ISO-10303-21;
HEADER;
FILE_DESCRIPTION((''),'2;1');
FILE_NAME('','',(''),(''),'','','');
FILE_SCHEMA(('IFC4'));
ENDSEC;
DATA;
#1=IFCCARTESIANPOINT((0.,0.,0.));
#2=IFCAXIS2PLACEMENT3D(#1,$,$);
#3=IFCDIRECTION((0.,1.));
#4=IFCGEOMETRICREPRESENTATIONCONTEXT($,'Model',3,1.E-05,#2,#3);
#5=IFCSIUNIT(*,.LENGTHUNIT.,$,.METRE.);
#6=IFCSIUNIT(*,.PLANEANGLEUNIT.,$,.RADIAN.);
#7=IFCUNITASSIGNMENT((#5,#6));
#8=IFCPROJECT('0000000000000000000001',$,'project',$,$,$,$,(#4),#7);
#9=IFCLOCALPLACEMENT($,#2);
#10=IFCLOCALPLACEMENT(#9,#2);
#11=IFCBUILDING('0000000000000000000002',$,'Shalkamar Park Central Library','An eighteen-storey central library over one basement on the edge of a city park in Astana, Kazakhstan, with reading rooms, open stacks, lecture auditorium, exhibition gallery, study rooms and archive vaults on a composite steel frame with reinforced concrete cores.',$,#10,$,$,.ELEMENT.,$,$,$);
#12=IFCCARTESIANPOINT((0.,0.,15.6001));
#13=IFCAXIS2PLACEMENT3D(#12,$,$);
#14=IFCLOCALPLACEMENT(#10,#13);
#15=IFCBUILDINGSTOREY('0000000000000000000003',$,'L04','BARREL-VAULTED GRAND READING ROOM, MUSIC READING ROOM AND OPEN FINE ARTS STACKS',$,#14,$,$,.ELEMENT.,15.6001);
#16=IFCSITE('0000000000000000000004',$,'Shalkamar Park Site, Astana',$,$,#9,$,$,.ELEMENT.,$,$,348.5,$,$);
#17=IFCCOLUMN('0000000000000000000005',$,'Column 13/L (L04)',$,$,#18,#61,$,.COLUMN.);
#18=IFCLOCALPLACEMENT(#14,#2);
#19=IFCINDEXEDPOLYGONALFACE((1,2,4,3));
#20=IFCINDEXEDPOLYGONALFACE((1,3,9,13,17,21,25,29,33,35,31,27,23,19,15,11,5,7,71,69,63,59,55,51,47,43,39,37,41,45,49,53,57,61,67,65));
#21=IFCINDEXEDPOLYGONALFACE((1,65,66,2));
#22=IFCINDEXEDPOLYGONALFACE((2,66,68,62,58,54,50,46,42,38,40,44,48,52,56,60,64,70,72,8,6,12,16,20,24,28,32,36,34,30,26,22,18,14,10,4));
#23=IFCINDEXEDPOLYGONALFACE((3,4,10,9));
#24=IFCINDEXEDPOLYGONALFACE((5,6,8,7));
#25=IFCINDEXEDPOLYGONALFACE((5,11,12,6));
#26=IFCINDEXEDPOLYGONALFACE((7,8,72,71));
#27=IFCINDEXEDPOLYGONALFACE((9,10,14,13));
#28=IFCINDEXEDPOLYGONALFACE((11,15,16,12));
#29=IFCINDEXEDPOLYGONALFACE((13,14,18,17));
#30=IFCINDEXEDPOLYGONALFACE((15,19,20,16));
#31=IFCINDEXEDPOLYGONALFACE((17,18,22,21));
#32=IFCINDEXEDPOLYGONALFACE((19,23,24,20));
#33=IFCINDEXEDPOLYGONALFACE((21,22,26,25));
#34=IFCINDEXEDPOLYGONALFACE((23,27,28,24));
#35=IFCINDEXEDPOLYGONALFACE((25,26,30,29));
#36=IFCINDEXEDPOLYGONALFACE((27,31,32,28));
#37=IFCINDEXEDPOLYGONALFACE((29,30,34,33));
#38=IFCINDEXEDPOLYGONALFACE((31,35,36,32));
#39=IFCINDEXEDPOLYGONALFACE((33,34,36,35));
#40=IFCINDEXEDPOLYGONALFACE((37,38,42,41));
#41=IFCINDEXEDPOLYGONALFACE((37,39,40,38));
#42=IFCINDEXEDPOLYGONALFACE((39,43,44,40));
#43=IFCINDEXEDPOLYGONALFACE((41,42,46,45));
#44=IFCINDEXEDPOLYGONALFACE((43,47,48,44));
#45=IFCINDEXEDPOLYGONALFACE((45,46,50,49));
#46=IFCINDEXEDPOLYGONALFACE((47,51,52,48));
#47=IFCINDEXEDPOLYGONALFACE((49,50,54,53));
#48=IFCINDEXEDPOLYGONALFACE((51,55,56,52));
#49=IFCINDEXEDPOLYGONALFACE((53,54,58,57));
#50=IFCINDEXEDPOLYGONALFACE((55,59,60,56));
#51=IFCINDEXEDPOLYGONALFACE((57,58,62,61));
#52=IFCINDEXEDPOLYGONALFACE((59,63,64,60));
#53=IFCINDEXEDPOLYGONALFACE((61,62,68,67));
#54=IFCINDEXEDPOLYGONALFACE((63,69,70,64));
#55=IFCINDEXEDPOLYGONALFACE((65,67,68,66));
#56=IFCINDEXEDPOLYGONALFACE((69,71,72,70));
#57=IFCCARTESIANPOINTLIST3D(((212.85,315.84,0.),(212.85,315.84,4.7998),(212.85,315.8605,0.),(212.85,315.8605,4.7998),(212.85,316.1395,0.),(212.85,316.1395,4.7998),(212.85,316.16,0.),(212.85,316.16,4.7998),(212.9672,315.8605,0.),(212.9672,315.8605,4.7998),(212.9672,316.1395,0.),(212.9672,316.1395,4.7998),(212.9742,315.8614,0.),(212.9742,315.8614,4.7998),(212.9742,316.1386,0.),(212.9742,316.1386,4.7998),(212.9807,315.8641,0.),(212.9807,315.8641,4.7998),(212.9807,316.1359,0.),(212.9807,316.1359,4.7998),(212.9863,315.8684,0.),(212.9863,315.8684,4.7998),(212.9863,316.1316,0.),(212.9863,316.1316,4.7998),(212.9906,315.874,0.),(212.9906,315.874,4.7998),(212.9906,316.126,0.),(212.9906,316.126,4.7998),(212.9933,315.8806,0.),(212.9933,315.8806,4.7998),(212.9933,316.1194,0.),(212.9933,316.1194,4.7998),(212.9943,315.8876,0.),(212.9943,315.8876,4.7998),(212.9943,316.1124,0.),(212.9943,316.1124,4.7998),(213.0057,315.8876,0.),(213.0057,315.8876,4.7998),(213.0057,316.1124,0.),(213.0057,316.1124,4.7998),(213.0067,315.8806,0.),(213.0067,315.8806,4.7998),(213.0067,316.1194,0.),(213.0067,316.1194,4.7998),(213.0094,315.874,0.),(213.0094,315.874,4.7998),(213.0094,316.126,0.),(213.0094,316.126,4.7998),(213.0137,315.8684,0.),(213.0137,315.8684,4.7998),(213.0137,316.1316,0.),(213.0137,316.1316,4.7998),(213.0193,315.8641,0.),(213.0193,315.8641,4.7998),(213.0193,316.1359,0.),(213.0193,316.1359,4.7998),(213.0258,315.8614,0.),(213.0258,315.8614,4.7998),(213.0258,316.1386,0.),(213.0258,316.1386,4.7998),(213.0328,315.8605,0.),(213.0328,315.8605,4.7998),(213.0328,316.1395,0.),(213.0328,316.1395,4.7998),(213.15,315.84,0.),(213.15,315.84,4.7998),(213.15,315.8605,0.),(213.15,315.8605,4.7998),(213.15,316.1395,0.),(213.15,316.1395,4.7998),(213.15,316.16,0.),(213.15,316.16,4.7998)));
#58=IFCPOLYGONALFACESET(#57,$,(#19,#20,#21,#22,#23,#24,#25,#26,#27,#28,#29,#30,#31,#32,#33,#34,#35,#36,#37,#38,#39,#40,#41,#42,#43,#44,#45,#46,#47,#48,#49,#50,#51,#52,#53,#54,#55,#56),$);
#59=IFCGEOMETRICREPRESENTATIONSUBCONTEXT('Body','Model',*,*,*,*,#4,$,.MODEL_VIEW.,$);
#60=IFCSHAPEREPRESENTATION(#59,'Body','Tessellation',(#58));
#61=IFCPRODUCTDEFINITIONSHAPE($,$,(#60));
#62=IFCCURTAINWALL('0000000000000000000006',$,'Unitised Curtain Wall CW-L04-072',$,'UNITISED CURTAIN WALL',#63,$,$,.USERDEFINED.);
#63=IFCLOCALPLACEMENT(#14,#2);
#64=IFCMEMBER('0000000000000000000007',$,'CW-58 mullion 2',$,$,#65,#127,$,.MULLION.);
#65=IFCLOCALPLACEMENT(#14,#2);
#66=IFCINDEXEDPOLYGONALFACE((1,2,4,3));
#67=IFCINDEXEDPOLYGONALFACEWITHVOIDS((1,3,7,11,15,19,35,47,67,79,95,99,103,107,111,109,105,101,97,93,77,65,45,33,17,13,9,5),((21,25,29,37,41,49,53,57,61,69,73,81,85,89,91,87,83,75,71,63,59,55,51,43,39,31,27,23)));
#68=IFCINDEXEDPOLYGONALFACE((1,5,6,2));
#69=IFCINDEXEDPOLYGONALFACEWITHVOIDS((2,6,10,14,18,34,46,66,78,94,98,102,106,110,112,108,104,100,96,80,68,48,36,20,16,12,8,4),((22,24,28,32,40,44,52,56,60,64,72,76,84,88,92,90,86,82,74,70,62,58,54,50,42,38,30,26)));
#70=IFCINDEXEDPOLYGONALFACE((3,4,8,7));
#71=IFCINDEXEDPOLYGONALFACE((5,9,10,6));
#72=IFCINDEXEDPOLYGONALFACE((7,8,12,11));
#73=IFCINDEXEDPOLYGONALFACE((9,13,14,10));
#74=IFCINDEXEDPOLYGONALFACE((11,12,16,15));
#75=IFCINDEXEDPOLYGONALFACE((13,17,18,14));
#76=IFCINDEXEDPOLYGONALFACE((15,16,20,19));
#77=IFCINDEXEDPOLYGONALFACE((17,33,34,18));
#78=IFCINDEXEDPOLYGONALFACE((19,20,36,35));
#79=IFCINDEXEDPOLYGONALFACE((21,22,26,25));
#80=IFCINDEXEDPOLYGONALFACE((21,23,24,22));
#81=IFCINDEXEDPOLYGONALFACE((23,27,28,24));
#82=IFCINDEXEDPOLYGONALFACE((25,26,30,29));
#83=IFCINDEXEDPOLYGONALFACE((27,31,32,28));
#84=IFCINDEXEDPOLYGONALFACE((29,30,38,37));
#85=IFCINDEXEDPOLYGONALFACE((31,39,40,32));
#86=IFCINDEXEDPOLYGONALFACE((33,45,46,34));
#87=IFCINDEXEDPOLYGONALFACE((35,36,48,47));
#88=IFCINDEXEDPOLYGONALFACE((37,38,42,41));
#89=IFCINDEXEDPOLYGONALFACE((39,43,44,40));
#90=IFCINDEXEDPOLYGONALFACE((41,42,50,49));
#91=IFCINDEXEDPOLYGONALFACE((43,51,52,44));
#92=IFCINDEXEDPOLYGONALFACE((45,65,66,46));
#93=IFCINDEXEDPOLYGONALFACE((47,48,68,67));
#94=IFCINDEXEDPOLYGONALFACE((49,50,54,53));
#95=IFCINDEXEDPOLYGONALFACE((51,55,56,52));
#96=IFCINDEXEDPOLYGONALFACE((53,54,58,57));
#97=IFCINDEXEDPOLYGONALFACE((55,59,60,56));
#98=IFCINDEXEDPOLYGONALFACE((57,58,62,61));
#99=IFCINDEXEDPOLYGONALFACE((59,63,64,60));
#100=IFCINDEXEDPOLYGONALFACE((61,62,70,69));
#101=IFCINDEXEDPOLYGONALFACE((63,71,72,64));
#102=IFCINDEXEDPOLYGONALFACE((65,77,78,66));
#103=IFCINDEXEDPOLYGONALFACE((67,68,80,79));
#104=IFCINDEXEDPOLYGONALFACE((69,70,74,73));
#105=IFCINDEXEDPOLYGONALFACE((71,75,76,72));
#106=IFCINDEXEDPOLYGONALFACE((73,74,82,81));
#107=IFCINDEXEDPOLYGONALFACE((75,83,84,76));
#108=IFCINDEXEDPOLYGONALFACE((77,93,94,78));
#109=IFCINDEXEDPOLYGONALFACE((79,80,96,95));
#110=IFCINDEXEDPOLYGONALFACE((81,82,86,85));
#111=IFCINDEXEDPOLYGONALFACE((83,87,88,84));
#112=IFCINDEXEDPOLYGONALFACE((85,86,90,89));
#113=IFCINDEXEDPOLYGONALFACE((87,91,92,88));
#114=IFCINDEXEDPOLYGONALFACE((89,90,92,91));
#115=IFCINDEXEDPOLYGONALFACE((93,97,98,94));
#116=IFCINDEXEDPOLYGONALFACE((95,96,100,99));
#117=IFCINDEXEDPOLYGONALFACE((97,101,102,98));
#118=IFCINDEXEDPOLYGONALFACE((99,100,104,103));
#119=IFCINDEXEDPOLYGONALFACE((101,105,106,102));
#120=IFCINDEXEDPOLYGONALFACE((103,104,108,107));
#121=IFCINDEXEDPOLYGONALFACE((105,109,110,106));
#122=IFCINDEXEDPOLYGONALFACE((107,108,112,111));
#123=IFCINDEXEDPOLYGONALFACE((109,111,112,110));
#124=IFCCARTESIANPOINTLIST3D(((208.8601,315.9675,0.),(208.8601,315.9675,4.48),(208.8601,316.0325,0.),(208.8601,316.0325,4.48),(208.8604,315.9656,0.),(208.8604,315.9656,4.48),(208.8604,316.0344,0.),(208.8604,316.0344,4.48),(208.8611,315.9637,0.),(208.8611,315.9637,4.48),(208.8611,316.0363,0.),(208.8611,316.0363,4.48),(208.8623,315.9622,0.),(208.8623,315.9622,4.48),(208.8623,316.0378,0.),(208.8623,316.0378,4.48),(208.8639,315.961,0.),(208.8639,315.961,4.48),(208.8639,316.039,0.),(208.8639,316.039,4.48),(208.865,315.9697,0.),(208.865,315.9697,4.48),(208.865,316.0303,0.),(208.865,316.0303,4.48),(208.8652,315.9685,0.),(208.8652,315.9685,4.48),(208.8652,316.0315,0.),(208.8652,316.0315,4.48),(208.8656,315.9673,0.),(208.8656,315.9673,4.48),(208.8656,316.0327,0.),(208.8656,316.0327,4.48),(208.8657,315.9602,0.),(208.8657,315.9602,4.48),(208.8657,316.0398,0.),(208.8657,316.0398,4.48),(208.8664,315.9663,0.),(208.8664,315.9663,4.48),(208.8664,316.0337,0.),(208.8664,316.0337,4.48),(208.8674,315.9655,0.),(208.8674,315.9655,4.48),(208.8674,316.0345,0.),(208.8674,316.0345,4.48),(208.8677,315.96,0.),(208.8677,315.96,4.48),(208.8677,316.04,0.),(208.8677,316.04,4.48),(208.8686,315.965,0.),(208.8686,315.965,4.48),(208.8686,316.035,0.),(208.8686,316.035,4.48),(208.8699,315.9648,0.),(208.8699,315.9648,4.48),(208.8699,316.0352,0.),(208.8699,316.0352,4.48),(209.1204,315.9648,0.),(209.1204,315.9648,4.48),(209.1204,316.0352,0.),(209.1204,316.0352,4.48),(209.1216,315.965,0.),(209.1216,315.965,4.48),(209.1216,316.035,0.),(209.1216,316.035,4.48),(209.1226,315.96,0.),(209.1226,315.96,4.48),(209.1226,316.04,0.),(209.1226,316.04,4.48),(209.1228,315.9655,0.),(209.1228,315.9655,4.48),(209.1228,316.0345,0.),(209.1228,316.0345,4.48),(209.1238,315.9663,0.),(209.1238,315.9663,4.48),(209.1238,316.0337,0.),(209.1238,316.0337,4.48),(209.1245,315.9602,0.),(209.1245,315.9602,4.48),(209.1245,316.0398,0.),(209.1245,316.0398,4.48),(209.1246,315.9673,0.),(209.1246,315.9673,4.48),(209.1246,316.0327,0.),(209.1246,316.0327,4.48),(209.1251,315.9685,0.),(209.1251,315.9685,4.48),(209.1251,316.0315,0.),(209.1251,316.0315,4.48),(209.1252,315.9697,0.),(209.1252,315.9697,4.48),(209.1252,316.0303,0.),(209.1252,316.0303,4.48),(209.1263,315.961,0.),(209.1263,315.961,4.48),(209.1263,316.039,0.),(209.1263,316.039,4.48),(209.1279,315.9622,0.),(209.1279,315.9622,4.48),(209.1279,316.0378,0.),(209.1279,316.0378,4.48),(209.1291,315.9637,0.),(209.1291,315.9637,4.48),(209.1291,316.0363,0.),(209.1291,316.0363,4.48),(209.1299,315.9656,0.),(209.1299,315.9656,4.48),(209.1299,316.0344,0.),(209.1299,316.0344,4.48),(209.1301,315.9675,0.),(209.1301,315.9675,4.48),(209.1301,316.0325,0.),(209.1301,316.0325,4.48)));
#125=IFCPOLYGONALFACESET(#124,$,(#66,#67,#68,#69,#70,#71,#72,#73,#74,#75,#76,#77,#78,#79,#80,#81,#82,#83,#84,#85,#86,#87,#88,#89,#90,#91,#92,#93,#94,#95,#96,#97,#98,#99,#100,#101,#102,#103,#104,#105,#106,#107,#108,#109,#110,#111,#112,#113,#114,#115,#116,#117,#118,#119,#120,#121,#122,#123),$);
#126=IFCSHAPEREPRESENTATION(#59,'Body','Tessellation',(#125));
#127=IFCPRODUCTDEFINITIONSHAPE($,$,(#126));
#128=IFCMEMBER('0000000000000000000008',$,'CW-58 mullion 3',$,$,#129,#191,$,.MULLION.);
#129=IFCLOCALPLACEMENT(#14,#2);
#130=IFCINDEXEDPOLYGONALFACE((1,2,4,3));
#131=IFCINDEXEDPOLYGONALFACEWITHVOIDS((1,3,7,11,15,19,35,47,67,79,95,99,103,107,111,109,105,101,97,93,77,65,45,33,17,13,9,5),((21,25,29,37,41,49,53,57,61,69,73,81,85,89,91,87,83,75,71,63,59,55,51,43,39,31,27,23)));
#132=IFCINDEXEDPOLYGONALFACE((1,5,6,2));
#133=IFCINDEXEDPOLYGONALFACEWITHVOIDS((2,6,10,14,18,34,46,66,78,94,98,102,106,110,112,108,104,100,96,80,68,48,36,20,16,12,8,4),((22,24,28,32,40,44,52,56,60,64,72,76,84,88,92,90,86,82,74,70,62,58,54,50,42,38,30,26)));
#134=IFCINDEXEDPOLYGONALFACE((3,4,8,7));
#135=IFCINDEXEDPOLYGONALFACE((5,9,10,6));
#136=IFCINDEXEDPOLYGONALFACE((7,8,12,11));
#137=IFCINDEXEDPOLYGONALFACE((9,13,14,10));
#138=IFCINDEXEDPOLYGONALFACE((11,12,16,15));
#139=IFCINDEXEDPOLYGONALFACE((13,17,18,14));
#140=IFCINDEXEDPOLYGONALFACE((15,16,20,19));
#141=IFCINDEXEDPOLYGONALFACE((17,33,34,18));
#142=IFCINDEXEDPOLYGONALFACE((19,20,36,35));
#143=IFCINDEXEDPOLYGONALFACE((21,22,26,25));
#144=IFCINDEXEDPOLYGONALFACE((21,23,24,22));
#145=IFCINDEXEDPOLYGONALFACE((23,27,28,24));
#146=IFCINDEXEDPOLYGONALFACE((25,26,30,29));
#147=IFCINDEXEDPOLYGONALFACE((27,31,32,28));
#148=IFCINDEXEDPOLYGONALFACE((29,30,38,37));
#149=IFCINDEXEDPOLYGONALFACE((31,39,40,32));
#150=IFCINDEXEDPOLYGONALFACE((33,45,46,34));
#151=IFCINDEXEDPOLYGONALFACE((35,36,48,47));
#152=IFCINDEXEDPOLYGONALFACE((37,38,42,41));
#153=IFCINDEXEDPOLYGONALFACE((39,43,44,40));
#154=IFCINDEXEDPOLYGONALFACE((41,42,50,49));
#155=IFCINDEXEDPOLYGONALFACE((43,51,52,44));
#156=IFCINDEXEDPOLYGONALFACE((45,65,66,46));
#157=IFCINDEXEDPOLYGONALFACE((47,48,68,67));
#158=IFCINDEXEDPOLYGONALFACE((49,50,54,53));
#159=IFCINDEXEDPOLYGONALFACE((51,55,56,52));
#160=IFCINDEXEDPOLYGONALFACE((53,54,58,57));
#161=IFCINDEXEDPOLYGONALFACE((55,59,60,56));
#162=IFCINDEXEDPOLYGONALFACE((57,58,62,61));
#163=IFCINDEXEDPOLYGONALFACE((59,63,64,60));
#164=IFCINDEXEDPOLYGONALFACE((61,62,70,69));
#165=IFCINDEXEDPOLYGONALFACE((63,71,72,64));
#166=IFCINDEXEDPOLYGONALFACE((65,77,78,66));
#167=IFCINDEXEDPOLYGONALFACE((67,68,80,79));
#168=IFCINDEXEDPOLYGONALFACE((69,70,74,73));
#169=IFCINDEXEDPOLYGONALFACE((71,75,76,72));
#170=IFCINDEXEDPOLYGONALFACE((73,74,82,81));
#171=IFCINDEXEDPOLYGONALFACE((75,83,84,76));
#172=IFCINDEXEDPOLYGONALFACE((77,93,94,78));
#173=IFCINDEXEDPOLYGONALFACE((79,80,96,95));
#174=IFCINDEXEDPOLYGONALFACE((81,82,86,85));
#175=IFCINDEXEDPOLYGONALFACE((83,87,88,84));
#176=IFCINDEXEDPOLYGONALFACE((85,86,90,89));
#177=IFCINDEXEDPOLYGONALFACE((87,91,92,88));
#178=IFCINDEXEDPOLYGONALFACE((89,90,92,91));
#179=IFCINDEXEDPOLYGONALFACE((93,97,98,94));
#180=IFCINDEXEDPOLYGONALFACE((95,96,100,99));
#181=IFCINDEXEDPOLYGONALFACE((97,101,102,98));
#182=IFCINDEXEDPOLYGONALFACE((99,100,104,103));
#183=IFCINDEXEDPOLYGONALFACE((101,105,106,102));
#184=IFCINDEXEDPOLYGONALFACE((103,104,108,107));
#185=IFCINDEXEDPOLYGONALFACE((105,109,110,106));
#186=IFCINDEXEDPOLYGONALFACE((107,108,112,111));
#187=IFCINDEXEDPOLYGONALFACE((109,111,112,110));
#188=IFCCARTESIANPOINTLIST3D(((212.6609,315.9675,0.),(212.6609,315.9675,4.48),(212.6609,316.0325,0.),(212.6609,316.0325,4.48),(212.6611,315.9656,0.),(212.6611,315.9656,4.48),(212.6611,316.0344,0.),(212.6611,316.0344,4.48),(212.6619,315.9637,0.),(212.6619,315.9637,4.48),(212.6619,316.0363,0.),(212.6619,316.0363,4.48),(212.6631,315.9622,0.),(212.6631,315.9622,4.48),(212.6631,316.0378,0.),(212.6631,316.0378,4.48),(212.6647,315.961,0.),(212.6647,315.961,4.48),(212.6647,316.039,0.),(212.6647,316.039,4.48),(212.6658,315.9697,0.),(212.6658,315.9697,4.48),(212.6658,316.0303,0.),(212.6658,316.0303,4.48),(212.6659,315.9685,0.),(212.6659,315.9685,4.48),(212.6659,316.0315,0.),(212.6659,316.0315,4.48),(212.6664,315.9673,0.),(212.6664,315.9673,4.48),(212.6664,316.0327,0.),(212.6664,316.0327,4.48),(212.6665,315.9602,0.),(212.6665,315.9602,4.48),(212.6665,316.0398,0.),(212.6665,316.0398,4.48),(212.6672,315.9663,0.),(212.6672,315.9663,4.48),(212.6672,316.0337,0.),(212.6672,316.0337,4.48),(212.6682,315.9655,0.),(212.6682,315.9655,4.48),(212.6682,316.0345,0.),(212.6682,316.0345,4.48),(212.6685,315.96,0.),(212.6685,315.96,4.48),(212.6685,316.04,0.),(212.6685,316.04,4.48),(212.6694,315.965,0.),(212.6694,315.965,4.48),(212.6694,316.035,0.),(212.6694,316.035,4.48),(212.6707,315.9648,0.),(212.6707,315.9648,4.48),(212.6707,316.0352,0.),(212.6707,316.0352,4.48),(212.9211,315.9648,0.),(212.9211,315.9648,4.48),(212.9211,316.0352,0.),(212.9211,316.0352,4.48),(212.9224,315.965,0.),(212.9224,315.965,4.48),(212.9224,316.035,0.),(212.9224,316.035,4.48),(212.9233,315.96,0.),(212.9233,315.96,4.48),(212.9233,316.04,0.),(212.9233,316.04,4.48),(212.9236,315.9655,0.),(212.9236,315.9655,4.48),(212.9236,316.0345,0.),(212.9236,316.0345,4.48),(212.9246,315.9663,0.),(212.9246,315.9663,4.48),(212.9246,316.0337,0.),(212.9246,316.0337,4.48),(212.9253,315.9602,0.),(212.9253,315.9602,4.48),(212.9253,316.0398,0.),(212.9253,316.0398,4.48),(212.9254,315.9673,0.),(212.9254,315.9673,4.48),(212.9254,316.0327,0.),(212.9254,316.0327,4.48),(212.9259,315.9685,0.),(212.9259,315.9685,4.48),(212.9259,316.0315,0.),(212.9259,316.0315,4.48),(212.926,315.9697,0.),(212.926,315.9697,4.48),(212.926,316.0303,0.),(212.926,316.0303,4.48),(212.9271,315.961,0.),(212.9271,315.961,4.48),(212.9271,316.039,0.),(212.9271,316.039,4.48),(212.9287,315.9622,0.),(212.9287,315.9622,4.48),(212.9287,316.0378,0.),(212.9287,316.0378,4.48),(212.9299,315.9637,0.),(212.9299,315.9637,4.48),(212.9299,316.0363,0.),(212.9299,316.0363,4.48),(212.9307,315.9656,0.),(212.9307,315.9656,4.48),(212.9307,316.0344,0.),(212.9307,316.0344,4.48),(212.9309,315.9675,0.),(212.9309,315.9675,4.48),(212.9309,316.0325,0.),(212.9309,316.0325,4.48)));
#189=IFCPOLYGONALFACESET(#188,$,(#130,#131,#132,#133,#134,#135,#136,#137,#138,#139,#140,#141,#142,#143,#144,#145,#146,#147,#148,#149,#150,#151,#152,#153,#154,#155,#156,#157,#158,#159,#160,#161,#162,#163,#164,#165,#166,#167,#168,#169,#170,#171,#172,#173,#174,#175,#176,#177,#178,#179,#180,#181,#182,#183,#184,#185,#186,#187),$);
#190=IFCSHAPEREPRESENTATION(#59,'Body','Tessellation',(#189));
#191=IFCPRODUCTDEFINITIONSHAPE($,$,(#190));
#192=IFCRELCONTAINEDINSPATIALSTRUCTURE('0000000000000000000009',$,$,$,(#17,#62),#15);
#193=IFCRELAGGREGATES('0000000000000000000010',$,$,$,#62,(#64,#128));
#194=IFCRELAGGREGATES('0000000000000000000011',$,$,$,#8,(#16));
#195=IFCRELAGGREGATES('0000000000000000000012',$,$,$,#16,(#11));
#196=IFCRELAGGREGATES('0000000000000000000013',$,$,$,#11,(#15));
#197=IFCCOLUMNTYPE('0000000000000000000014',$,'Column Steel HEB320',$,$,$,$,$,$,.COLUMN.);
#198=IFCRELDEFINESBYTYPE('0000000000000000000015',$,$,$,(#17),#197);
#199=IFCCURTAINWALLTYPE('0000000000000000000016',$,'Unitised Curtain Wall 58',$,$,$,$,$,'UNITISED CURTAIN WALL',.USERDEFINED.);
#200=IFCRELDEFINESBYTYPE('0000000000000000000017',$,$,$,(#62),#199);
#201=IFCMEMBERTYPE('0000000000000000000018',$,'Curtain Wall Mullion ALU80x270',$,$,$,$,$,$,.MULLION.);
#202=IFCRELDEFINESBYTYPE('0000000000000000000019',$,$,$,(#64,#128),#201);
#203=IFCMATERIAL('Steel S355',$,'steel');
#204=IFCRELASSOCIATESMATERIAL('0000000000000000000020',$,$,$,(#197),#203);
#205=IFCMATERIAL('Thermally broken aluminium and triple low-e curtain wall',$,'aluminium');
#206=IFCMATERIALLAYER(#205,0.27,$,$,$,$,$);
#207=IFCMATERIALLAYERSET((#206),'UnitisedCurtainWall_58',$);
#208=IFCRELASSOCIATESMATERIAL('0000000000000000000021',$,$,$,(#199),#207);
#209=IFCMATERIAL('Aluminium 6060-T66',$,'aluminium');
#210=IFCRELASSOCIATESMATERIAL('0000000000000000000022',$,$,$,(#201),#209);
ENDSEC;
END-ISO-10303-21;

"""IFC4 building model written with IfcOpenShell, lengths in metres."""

from ifc_helpers import new_model, si_unit, direction, frame, origin, origin_2d, place, context, subcontext, project, spatial, hollow_rectangle, i_section, extrude, material, layer, layer_set, material_profile, profile_set, type_object, element, aggregate, save


model = new_model("IFC4")

# Units and contexts
model_context = context("Model", 3, precision=1e-05, world=origin(), true_north=direction((0.0, 1.0)))
body_context = subcontext(model_context, "Body", "Model", "MODEL_VIEW")
ifc_project = project(units=[si_unit("LENGTHUNIT", "METRE"), si_unit("PLANEANGLEUNIT", "RADIAN")], contexts=[model_context])

# Site, building, storey
site_placement = place(None, origin())
site = spatial("IfcSite", under=ifc_project, at=site_placement, Name="Shalkamar Park Site, Astana", CompositionType="ELEMENT", RefElevation=348.5)
building_placement = place(site_placement, origin())
building = spatial("IfcBuilding", under=site, at=building_placement, Name="Shalkamar Park Central Library", Description="An eighteen-storey central library over one basement on the edge of a city park in Astana, Kazakhstan, with reading rooms, open stacks, lecture auditorium, exhibition gallery, study rooms and archive vaults on a composite steel frame with reinforced concrete cores.", CompositionType="ELEMENT")
storey_placement = place(building_placement, frame((0.0, 0.0, 15.6001)))
storey = spatial("IfcBuildingStorey", under=building, at=storey_placement, Name="L04", Description="BARREL-VAULTED GRAND READING ROOM, MUSIC READING ROOM AND OPEN FINE ARTS STACKS", CompositionType="ELEMENT", Elevation=15.6001)

# Column
ifc_material_1 = material(Name="Steel S355", Category="steel")
ifc_material_profile_1 = material_profile(ifc_material_1, i_section(OverallWidth=0.3, OverallDepth=0.3201, WebThickness=0.0115, FlangeThickness=0.0205, FilletRadius=0.0271, at=origin_2d()), Name="HEB 320")
ifc_profile_set_1 = profile_set([ifc_material_profile_1], Name="Steel S355")
column_type = type_object("IfcColumnType", Name="Column Steel HEB320", PredefinedType="COLUMN", material=ifc_profile_set_1)
column_placement = place(storey_placement, frame((213.0, 316.0, 0.0), z_axis=(0.0, 0.0, 1.0), x_axis=(1.0, 0.0, 0.0)))
element("IfcColumn", 1, at=column_placement, inside=storey, type_object=column_type, Name="Column 13/L (L04)", PredefinedType="COLUMN", context=body_context, shape_type="SweptSolid", body=[
    extrude(i_section(OverallWidth=0.3, OverallDepth=0.3201, WebThickness=0.0115, FlangeThickness=0.0205, FilletRadius=0.0271, at=origin_2d()), origin(), (0.0, 0.0, 1.0), 4.7998),
])

# Curtain wall, members
ifc_material_2 = material(Name="Thermally broken aluminium and triple low-e curtain wall", Category="aluminium")
ifc_layer_1 = layer(ifc_material_2, 0.27)
ifc_layer_set_1 = layer_set([ifc_layer_1], Name="UnitisedCurtainWall_58")
curtain_wall_type_1 = type_object("IfcCurtainWallType", Name="Unitised Curtain Wall 58", ElementType="UNITISED CURTAIN WALL", PredefinedType="USERDEFINED", material=ifc_layer_set_1)
curtain_wall_1_placement = place(storey_placement, origin())
curtain_wall_1 = element("IfcCurtainWall", 2, at=curtain_wall_1_placement, inside=storey, type_object=curtain_wall_type_1, Name="Unitised Curtain Wall CW-L04-072", ObjectType="UNITISED CURTAIN WALL", PredefinedType="USERDEFINED")
ifc_material_3 = material(Name="Aluminium 6060-T66", Category="aluminium")
ifc_material_profile_2 = material_profile(ifc_material_3, hollow_rectangle(XDim=0.0801, YDim=0.27, WallThickness=0.0049, InnerFilletRadius=0.0049, OuterFilletRadius=0.0076, at=origin_2d()), Name="ALU 80x270x5")
ifc_profile_set_2 = profile_set([ifc_material_profile_2], Name="Aluminium 6060-T66")
member_type_1 = type_object("IfcMemberType", Name="Curtain Wall Mullion ALU80x270", PredefinedType="MULLION", material=ifc_profile_set_2)
member_1_placement = place(storey_placement, frame((208.9951, 316.0, 0.0), z_axis=(0.0, 0.0, 1.0), x_axis=(0.0, 1.0, 0.0)))
member_1 = element("IfcMember", 3, at=member_1_placement, type_object=member_type_1, Name="CW-58 mullion 2", PredefinedType="MULLION", context=body_context, shape_type="SweptSolid", body=[
    extrude(hollow_rectangle(XDim=0.0801, YDim=0.27, WallThickness=0.0049, InnerFilletRadius=0.0049, OuterFilletRadius=0.0076, at=origin_2d()), origin(), (0.0, 0.0, 1.0), 4.48),
])
member_2_placement = place(storey_placement, frame((212.7959, 316.0, 0.0), z_axis=(0.0, 0.0, 1.0), x_axis=(0.0, 1.0, 0.0)))
member_2 = element("IfcMember", 4, at=member_2_placement, type_object=member_type_1, Name="CW-58 mullion 3", PredefinedType="MULLION", context=body_context, shape_type="SweptSolid", body=[
    extrude(hollow_rectangle(XDim=0.0801, YDim=0.27, WallThickness=0.0049, InnerFilletRadius=0.0049, OuterFilletRadius=0.0076, at=origin_2d()), origin(), (0.0, 0.0, 1.0), 4.48),
])

aggregate(curtain_wall_1, [member_1, member_2])

save(model, "model.ifc")
